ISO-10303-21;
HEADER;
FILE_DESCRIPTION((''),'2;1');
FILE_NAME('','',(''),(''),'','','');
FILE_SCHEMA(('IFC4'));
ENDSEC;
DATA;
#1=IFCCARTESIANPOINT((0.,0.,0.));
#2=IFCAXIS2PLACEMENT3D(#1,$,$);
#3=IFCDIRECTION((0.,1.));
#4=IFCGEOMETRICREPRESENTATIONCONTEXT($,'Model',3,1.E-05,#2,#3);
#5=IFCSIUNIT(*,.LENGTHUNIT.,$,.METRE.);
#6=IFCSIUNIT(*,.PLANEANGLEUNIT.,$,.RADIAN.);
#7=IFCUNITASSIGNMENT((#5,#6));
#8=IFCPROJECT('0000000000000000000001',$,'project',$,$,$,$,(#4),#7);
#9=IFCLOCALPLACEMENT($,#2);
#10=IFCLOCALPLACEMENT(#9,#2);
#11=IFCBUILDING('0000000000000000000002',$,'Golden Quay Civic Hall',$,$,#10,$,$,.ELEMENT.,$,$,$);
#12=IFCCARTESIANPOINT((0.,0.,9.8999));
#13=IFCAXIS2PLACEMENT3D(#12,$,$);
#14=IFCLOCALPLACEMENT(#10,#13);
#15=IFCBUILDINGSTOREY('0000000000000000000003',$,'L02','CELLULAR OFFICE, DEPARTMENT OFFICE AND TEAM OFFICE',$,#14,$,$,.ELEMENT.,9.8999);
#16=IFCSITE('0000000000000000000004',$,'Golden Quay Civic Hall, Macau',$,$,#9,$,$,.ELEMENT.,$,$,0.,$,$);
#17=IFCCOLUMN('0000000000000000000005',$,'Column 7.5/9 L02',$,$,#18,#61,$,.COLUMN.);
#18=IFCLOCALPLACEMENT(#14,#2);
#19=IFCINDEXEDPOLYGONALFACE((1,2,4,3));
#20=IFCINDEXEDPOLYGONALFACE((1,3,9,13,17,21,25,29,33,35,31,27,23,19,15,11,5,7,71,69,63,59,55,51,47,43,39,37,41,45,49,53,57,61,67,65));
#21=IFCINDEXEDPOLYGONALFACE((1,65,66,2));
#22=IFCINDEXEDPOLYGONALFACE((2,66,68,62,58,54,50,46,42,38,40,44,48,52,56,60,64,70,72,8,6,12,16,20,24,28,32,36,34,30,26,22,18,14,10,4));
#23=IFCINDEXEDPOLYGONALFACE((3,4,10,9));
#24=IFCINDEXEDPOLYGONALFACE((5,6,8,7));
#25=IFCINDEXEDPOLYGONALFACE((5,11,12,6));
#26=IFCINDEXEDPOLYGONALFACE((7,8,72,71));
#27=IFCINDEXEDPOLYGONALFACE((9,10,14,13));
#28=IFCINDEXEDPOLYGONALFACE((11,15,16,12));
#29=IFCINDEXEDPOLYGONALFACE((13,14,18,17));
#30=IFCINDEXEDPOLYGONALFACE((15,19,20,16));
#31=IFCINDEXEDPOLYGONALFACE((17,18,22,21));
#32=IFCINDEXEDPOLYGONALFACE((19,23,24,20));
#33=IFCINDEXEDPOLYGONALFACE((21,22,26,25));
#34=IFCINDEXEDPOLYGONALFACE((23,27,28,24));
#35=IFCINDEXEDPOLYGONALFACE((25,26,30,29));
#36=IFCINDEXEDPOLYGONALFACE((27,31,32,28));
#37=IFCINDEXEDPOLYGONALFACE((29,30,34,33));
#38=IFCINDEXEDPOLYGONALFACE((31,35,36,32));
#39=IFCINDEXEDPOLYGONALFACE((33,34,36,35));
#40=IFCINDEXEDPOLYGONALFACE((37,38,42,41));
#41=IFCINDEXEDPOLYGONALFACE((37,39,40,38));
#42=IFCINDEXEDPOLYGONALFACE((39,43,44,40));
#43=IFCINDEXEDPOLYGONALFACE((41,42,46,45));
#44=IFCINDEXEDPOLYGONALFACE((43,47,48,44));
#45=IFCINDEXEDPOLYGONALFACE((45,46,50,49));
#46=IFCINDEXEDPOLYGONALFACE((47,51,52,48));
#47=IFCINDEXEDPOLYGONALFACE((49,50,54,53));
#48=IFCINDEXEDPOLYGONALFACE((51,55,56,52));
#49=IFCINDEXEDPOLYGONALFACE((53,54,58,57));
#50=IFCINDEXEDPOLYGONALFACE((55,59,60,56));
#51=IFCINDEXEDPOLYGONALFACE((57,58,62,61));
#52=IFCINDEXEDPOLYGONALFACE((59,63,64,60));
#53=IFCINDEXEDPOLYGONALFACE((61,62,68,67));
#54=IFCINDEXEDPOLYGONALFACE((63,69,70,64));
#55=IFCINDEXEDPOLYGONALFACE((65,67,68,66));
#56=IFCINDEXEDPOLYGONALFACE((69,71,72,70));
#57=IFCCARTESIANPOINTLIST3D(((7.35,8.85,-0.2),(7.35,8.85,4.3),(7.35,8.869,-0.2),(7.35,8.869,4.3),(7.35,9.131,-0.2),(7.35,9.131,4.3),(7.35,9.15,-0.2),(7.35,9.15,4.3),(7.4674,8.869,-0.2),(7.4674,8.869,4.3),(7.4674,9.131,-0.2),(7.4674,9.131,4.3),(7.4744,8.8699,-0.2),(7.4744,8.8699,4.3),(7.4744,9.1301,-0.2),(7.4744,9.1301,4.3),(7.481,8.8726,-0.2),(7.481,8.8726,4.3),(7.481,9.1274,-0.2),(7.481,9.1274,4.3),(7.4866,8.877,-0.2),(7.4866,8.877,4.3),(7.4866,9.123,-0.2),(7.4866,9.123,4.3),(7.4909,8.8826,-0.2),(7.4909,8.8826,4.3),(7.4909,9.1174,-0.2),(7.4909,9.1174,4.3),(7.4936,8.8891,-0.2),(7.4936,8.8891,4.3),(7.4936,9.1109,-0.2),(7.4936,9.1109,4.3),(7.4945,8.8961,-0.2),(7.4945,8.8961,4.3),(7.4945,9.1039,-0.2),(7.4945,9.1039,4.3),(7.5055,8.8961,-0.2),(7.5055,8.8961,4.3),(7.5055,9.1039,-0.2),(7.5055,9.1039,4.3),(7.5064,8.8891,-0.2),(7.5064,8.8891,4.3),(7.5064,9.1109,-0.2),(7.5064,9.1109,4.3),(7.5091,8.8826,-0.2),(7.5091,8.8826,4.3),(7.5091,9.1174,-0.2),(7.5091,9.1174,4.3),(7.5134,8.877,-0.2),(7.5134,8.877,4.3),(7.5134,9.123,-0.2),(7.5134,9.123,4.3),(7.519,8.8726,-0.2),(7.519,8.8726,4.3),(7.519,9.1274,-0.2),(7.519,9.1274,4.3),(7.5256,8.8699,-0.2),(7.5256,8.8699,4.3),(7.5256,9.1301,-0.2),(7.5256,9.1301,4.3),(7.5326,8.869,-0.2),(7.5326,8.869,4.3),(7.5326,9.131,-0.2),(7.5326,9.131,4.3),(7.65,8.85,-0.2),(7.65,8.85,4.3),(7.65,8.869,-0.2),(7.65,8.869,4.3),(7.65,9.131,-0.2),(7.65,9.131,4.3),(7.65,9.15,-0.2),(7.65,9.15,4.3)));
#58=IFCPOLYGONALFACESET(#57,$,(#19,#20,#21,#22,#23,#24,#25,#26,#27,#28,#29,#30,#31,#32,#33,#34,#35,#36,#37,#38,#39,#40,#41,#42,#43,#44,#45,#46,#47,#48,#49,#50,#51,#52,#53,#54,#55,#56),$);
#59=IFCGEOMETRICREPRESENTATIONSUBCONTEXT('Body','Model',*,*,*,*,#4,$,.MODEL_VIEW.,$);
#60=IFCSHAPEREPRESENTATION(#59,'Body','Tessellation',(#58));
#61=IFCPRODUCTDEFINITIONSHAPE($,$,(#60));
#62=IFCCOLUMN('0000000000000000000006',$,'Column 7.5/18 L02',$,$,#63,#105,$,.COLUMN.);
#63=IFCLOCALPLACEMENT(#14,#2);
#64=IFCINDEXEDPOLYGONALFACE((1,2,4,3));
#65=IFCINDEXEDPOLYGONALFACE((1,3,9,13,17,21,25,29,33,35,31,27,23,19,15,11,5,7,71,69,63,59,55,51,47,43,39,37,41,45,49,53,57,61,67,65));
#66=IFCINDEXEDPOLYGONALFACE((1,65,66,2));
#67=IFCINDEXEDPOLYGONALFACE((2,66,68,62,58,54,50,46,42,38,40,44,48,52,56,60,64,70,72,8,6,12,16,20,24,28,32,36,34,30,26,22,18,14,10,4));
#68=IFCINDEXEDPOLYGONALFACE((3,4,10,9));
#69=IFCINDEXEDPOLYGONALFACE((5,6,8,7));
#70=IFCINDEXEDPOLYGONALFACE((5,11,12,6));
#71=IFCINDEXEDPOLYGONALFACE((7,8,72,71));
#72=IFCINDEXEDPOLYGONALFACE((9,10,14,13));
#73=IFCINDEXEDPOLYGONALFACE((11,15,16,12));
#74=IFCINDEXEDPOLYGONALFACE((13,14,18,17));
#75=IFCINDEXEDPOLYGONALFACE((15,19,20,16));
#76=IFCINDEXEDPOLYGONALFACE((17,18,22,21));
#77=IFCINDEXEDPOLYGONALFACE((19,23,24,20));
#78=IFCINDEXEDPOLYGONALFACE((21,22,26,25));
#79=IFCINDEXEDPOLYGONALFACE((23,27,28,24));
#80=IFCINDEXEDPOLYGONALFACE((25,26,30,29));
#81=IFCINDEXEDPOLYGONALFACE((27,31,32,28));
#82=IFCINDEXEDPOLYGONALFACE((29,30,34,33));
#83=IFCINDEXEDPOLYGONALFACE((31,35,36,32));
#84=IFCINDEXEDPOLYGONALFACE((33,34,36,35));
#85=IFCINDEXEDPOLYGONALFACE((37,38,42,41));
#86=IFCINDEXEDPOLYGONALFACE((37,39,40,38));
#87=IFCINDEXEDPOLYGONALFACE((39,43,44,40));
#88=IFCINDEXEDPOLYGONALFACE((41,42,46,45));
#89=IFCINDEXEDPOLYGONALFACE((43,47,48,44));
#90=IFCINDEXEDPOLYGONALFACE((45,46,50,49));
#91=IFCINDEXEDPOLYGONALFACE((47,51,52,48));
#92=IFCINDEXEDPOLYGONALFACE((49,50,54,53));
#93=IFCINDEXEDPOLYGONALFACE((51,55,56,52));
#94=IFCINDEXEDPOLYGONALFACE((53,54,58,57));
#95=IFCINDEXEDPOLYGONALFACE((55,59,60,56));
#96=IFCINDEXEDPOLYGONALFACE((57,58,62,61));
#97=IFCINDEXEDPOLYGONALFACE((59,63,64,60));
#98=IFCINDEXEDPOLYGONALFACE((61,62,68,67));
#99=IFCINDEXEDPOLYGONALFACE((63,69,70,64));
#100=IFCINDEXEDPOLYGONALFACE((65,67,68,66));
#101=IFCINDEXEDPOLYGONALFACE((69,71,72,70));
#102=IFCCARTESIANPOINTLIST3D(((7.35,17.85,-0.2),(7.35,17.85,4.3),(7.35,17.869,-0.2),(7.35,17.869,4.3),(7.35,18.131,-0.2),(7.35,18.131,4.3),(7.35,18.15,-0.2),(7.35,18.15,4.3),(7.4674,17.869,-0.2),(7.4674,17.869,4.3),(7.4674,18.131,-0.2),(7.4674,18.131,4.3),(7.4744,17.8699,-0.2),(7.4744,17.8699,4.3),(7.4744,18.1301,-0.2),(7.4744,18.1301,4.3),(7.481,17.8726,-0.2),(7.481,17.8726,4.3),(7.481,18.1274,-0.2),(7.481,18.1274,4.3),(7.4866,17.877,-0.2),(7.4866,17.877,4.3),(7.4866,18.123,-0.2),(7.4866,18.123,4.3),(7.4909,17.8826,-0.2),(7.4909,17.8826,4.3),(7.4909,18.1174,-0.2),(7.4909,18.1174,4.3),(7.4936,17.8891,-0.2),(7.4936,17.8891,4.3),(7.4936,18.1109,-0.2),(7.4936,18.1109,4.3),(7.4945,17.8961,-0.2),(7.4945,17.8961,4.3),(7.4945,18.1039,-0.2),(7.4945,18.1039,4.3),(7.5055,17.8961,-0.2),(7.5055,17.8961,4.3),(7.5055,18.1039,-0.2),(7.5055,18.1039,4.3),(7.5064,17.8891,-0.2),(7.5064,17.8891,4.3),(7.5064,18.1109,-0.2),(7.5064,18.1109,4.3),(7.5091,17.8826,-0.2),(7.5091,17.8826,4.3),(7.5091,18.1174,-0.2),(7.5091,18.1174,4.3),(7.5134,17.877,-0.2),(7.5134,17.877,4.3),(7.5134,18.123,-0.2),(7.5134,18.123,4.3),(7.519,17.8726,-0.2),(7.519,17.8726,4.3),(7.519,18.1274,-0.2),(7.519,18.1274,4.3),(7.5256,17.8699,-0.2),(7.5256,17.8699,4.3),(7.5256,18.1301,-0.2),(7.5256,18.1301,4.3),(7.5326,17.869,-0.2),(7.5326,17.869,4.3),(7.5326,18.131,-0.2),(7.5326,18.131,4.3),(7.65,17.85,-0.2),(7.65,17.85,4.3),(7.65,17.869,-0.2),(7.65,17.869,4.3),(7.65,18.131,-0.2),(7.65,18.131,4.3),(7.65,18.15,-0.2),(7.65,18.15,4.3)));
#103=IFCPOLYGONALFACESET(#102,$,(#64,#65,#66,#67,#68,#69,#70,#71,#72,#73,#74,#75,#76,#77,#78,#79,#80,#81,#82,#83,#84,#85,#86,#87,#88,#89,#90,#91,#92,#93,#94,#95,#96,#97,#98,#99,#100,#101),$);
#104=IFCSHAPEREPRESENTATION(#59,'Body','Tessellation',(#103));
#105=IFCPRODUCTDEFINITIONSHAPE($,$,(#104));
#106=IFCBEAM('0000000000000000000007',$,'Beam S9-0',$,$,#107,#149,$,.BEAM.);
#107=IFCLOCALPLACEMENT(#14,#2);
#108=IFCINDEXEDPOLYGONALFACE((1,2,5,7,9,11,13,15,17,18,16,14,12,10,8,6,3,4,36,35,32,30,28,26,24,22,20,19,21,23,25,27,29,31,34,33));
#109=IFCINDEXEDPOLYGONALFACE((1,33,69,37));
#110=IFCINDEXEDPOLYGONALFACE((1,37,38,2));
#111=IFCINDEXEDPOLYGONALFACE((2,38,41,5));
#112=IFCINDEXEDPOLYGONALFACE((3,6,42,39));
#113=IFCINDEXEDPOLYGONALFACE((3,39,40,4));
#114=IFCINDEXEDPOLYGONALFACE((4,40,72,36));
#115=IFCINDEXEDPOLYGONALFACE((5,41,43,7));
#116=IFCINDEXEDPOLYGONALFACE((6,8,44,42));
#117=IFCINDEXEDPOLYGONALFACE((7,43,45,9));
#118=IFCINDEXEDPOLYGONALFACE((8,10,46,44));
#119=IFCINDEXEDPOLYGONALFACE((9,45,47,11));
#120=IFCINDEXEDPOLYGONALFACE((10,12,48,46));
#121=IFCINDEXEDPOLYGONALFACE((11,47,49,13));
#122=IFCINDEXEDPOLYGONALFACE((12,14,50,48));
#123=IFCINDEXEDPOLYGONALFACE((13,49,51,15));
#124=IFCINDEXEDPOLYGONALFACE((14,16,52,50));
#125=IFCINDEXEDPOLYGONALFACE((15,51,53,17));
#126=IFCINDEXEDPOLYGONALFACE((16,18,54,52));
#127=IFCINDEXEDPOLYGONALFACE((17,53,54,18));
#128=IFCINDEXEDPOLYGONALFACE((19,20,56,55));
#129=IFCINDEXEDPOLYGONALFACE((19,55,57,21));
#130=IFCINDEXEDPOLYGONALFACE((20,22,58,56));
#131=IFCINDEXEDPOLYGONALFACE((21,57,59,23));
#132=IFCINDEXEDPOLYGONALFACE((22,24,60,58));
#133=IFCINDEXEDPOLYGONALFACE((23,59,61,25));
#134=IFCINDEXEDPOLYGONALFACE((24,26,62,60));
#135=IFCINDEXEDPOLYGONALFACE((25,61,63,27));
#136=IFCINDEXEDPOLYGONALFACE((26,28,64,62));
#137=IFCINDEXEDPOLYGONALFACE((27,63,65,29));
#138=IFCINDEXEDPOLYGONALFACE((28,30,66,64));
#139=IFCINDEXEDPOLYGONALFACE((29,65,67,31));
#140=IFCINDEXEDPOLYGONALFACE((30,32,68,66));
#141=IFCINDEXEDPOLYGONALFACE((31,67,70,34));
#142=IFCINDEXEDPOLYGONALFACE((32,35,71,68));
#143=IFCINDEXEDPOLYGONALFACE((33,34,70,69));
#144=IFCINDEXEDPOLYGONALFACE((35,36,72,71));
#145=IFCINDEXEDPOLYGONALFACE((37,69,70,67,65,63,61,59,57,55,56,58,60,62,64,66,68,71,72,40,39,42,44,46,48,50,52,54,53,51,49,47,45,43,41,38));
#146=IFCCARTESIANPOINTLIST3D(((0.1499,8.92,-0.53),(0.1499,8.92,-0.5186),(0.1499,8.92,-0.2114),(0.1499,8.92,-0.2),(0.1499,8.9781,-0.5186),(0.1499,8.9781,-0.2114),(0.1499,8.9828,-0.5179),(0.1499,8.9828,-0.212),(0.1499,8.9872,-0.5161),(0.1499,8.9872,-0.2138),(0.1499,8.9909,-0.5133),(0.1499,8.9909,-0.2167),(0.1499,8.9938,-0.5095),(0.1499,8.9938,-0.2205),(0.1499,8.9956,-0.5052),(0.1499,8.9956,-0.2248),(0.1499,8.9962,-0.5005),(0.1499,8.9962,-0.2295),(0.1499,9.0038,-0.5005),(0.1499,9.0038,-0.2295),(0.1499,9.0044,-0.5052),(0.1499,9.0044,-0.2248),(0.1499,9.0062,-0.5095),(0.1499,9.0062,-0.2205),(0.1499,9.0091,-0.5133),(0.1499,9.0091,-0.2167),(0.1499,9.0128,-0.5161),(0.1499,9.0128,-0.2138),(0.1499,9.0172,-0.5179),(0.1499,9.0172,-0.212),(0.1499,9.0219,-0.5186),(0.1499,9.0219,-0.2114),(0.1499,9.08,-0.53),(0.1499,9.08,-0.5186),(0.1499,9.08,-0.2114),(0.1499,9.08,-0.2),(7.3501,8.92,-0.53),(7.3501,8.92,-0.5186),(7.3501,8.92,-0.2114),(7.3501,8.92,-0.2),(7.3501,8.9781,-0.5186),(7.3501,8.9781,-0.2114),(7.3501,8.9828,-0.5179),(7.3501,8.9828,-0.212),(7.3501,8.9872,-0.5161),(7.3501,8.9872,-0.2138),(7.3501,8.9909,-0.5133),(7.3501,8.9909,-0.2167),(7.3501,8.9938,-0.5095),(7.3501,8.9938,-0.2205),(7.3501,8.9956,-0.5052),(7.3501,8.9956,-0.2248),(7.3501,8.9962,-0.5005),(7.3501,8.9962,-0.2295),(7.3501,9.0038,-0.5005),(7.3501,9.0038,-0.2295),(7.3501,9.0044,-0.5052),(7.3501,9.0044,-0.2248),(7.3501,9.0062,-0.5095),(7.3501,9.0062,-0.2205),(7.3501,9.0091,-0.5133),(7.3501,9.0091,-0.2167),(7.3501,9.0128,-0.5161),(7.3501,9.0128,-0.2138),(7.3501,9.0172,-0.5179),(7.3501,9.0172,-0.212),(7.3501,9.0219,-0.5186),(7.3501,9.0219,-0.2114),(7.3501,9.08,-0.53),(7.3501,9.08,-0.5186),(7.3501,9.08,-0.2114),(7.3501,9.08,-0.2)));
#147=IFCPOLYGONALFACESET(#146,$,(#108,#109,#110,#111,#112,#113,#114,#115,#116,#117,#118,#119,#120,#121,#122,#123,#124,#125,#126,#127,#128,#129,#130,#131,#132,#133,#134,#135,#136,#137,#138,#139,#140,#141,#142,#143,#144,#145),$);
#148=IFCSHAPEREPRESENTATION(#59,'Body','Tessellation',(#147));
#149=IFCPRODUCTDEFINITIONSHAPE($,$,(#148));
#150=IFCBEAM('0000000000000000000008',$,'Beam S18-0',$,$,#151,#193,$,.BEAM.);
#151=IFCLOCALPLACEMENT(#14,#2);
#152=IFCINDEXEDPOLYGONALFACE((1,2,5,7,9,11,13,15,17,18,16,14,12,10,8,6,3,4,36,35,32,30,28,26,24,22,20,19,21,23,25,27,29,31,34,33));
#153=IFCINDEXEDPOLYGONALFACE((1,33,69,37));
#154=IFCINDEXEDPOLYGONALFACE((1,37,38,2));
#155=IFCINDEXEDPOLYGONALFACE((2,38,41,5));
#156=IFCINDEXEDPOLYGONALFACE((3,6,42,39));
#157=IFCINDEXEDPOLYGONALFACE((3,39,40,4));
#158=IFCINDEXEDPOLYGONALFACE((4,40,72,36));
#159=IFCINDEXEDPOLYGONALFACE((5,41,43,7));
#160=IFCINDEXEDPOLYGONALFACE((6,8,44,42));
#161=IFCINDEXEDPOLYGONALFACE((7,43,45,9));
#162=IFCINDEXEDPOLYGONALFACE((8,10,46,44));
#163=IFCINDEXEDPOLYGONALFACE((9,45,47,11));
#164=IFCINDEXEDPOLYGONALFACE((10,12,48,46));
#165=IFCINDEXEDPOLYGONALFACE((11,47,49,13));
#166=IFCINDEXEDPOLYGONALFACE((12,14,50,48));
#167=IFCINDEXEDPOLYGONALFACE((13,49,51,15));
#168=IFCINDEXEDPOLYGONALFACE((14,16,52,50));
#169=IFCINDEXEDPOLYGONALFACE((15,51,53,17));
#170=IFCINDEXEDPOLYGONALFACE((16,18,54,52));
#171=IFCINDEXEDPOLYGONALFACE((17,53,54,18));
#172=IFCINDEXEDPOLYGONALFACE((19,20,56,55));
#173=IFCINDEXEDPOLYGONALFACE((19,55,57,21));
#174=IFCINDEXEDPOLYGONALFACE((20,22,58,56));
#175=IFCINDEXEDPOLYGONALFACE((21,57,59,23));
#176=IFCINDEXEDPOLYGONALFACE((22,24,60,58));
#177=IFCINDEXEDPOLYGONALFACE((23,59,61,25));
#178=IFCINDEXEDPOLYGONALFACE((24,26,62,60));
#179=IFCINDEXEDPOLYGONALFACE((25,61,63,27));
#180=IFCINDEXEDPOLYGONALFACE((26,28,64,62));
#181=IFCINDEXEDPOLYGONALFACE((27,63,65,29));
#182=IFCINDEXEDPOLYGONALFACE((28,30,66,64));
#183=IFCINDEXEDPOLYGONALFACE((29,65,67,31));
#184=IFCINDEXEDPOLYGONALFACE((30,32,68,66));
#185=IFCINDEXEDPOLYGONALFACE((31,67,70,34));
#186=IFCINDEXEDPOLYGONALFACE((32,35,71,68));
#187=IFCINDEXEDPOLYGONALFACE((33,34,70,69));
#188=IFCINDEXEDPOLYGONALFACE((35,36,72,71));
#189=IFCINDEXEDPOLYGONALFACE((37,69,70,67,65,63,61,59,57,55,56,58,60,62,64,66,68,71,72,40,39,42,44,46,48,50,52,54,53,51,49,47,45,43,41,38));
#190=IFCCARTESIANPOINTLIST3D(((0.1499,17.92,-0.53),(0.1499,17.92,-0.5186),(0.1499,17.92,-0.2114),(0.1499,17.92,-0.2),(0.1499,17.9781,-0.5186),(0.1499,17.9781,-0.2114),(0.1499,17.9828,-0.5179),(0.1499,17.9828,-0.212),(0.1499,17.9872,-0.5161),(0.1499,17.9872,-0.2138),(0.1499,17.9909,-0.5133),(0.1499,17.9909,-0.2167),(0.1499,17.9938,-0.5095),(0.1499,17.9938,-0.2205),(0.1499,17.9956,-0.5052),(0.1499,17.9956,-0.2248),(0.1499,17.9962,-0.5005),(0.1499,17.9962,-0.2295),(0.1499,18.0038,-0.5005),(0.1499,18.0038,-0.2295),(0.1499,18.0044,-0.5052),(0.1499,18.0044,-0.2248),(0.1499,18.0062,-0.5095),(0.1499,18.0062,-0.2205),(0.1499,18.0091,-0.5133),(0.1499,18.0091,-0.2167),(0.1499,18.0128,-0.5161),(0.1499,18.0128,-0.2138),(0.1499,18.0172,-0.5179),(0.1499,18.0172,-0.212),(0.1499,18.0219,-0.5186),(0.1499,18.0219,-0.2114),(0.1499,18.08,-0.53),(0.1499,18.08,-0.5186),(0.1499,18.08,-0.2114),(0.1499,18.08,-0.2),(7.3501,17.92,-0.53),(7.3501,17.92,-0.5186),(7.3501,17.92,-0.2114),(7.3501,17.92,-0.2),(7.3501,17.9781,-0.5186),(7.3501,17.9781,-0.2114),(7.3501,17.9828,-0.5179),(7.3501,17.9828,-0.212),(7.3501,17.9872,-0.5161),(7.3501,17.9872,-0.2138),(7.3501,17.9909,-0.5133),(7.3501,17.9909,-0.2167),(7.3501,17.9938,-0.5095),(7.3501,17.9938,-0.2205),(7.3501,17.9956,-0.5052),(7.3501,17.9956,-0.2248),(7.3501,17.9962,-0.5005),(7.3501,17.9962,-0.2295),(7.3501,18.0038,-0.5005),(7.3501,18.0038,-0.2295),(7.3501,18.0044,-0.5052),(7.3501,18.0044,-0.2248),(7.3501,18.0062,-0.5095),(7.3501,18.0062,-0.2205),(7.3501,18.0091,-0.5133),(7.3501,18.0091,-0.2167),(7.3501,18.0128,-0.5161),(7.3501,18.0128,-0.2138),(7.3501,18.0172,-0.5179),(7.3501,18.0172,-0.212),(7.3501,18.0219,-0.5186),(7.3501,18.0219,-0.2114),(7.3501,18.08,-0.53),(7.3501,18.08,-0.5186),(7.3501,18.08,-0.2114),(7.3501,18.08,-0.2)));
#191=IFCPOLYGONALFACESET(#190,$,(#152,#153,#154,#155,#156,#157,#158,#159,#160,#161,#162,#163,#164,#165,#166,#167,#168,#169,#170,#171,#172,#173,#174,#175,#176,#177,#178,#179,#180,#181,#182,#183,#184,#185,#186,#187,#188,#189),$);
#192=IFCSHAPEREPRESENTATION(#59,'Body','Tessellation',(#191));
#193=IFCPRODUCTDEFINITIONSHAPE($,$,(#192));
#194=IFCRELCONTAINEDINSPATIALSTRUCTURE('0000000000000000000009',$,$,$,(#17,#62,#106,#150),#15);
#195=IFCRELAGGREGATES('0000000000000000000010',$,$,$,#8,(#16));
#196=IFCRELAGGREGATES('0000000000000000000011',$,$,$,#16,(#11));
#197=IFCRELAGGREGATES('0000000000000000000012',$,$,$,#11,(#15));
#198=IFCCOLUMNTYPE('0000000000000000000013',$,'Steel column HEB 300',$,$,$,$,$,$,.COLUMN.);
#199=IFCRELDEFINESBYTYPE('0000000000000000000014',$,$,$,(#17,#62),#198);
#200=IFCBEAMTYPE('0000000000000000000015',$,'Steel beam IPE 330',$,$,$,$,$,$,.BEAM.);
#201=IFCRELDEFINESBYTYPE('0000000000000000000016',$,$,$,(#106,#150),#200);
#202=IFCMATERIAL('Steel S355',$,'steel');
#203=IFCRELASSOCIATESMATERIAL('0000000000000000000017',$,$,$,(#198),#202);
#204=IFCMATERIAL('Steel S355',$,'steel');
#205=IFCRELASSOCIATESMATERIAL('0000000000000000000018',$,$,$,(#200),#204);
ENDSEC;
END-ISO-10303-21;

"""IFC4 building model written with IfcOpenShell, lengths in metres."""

from ifc_helpers import new_model, si_unit, direction, frame, origin, origin_2d, place, context, subcontext, project, spatial, i_section, extrude, material, material_profile, profile_set, type_object, element, save


model = new_model("IFC4")

# Units and contexts
model_context = context("Model", 3, precision=1e-05, world=origin(), true_north=direction((0.0, 1.0)))
body_context = subcontext(model_context, "Body", "Model", "MODEL_VIEW")
ifc_project = project(units=[si_unit("LENGTHUNIT", "METRE"), si_unit("PLANEANGLEUNIT", "RADIAN")], contexts=[model_context])

# Site, building, storey
site_placement = place(None, origin())
site = spatial("IfcSite", under=ifc_project, at=site_placement, Name="Golden Quay Civic Hall, Macau", CompositionType="ELEMENT", RefElevation=0.0)
building_placement = place(site_placement, origin())
building = spatial("IfcBuilding", under=site, at=building_placement, Name="Golden Quay Civic Hall", CompositionType="ELEMENT")
storey_placement = place(building_placement, frame((0.0, 0.0, 9.8999)))
storey = spatial("IfcBuildingStorey", under=building, at=storey_placement, Name="L02", Description="CELLULAR OFFICE, DEPARTMENT OFFICE AND TEAM OFFICE", CompositionType="ELEMENT", Elevation=9.8999)

# Columns
ifc_material_1 = material(Name="Steel S355", Category="steel")
ifc_material_profile_1 = material_profile(ifc_material_1, i_section(OverallWidth=0.3, OverallDepth=0.3, WebThickness=0.011, FlangeThickness=0.019, FilletRadius=0.0271, at=origin_2d()), Name="HEB 300")
ifc_profile_set_1 = profile_set([ifc_material_profile_1], Name="Steel S355")
column_type = type_object("IfcColumnType", Name="Steel column HEB 300", PredefinedType="COLUMN", material=ifc_profile_set_1)
for number, where, z_axis, x_axis, name in (
    (1, (7.5, 9.0, -0.2), (0.0, 0.0, 1.0), (1.0, 0.0, 0.0), "Column 7.5/9 L02"),
    (2, (7.5, 18.0, -0.2), (0.0, 0.0, 1.0), (1.0, 0.0, 0.0), "Column 7.5/18 L02"),
):
    element("IfcColumn", number, at=place(storey_placement, frame(where, z_axis=z_axis, x_axis=x_axis)), inside=storey, type_object=column_type, Name=name, PredefinedType="COLUMN", context=body_context, shape_type="SweptSolid", body=[
        extrude(i_section(OverallWidth=0.3, OverallDepth=0.3, WebThickness=0.011, FlangeThickness=0.019, FilletRadius=0.0271, at=origin_2d()), origin(), (0.0, 0.0, 1.0), 4.5),
    ])

# Beams
ifc_material_2 = material(Name="Steel S355", Category="steel")
ifc_material_profile_2 = material_profile(ifc_material_2, i_section(OverallWidth=0.1599, OverallDepth=0.3301, WebThickness=0.0076, FlangeThickness=0.0115, FilletRadius=0.0181, at=origin_2d()), Name="IPE 330")
ifc_profile_set_2 = profile_set([ifc_material_profile_2], Name="Steel S355")
beam_type_1 = type_object("IfcBeamType", Name="Steel beam IPE 330", PredefinedType="BEAM", material=ifc_profile_set_2)
for number, where, z_axis, x_axis, name in (
    (3, (0.1499, 9.0, -0.365), (1.0, 0.0, 0.0), (0.0, 1.0, 0.0), "Beam S9-0"),
    (4, (0.1499, 18.0, -0.365), (1.0, 0.0, 0.0), (0.0, 1.0, 0.0), "Beam S18-0"),
):
    element("IfcBeam", number, at=place(storey_placement, frame(where, z_axis=z_axis, x_axis=x_axis)), inside=storey, type_object=beam_type_1, Name=name, PredefinedType="BEAM", context=body_context, shape_type="SweptSolid", body=[
        extrude(i_section(OverallWidth=0.1599, OverallDepth=0.3301, WebThickness=0.0076, FlangeThickness=0.0115, FilletRadius=0.0181, at=origin_2d()), origin(), (0.0, 0.0, 1.0), 7.2002),
    ])

save(model, "model.ifc")
